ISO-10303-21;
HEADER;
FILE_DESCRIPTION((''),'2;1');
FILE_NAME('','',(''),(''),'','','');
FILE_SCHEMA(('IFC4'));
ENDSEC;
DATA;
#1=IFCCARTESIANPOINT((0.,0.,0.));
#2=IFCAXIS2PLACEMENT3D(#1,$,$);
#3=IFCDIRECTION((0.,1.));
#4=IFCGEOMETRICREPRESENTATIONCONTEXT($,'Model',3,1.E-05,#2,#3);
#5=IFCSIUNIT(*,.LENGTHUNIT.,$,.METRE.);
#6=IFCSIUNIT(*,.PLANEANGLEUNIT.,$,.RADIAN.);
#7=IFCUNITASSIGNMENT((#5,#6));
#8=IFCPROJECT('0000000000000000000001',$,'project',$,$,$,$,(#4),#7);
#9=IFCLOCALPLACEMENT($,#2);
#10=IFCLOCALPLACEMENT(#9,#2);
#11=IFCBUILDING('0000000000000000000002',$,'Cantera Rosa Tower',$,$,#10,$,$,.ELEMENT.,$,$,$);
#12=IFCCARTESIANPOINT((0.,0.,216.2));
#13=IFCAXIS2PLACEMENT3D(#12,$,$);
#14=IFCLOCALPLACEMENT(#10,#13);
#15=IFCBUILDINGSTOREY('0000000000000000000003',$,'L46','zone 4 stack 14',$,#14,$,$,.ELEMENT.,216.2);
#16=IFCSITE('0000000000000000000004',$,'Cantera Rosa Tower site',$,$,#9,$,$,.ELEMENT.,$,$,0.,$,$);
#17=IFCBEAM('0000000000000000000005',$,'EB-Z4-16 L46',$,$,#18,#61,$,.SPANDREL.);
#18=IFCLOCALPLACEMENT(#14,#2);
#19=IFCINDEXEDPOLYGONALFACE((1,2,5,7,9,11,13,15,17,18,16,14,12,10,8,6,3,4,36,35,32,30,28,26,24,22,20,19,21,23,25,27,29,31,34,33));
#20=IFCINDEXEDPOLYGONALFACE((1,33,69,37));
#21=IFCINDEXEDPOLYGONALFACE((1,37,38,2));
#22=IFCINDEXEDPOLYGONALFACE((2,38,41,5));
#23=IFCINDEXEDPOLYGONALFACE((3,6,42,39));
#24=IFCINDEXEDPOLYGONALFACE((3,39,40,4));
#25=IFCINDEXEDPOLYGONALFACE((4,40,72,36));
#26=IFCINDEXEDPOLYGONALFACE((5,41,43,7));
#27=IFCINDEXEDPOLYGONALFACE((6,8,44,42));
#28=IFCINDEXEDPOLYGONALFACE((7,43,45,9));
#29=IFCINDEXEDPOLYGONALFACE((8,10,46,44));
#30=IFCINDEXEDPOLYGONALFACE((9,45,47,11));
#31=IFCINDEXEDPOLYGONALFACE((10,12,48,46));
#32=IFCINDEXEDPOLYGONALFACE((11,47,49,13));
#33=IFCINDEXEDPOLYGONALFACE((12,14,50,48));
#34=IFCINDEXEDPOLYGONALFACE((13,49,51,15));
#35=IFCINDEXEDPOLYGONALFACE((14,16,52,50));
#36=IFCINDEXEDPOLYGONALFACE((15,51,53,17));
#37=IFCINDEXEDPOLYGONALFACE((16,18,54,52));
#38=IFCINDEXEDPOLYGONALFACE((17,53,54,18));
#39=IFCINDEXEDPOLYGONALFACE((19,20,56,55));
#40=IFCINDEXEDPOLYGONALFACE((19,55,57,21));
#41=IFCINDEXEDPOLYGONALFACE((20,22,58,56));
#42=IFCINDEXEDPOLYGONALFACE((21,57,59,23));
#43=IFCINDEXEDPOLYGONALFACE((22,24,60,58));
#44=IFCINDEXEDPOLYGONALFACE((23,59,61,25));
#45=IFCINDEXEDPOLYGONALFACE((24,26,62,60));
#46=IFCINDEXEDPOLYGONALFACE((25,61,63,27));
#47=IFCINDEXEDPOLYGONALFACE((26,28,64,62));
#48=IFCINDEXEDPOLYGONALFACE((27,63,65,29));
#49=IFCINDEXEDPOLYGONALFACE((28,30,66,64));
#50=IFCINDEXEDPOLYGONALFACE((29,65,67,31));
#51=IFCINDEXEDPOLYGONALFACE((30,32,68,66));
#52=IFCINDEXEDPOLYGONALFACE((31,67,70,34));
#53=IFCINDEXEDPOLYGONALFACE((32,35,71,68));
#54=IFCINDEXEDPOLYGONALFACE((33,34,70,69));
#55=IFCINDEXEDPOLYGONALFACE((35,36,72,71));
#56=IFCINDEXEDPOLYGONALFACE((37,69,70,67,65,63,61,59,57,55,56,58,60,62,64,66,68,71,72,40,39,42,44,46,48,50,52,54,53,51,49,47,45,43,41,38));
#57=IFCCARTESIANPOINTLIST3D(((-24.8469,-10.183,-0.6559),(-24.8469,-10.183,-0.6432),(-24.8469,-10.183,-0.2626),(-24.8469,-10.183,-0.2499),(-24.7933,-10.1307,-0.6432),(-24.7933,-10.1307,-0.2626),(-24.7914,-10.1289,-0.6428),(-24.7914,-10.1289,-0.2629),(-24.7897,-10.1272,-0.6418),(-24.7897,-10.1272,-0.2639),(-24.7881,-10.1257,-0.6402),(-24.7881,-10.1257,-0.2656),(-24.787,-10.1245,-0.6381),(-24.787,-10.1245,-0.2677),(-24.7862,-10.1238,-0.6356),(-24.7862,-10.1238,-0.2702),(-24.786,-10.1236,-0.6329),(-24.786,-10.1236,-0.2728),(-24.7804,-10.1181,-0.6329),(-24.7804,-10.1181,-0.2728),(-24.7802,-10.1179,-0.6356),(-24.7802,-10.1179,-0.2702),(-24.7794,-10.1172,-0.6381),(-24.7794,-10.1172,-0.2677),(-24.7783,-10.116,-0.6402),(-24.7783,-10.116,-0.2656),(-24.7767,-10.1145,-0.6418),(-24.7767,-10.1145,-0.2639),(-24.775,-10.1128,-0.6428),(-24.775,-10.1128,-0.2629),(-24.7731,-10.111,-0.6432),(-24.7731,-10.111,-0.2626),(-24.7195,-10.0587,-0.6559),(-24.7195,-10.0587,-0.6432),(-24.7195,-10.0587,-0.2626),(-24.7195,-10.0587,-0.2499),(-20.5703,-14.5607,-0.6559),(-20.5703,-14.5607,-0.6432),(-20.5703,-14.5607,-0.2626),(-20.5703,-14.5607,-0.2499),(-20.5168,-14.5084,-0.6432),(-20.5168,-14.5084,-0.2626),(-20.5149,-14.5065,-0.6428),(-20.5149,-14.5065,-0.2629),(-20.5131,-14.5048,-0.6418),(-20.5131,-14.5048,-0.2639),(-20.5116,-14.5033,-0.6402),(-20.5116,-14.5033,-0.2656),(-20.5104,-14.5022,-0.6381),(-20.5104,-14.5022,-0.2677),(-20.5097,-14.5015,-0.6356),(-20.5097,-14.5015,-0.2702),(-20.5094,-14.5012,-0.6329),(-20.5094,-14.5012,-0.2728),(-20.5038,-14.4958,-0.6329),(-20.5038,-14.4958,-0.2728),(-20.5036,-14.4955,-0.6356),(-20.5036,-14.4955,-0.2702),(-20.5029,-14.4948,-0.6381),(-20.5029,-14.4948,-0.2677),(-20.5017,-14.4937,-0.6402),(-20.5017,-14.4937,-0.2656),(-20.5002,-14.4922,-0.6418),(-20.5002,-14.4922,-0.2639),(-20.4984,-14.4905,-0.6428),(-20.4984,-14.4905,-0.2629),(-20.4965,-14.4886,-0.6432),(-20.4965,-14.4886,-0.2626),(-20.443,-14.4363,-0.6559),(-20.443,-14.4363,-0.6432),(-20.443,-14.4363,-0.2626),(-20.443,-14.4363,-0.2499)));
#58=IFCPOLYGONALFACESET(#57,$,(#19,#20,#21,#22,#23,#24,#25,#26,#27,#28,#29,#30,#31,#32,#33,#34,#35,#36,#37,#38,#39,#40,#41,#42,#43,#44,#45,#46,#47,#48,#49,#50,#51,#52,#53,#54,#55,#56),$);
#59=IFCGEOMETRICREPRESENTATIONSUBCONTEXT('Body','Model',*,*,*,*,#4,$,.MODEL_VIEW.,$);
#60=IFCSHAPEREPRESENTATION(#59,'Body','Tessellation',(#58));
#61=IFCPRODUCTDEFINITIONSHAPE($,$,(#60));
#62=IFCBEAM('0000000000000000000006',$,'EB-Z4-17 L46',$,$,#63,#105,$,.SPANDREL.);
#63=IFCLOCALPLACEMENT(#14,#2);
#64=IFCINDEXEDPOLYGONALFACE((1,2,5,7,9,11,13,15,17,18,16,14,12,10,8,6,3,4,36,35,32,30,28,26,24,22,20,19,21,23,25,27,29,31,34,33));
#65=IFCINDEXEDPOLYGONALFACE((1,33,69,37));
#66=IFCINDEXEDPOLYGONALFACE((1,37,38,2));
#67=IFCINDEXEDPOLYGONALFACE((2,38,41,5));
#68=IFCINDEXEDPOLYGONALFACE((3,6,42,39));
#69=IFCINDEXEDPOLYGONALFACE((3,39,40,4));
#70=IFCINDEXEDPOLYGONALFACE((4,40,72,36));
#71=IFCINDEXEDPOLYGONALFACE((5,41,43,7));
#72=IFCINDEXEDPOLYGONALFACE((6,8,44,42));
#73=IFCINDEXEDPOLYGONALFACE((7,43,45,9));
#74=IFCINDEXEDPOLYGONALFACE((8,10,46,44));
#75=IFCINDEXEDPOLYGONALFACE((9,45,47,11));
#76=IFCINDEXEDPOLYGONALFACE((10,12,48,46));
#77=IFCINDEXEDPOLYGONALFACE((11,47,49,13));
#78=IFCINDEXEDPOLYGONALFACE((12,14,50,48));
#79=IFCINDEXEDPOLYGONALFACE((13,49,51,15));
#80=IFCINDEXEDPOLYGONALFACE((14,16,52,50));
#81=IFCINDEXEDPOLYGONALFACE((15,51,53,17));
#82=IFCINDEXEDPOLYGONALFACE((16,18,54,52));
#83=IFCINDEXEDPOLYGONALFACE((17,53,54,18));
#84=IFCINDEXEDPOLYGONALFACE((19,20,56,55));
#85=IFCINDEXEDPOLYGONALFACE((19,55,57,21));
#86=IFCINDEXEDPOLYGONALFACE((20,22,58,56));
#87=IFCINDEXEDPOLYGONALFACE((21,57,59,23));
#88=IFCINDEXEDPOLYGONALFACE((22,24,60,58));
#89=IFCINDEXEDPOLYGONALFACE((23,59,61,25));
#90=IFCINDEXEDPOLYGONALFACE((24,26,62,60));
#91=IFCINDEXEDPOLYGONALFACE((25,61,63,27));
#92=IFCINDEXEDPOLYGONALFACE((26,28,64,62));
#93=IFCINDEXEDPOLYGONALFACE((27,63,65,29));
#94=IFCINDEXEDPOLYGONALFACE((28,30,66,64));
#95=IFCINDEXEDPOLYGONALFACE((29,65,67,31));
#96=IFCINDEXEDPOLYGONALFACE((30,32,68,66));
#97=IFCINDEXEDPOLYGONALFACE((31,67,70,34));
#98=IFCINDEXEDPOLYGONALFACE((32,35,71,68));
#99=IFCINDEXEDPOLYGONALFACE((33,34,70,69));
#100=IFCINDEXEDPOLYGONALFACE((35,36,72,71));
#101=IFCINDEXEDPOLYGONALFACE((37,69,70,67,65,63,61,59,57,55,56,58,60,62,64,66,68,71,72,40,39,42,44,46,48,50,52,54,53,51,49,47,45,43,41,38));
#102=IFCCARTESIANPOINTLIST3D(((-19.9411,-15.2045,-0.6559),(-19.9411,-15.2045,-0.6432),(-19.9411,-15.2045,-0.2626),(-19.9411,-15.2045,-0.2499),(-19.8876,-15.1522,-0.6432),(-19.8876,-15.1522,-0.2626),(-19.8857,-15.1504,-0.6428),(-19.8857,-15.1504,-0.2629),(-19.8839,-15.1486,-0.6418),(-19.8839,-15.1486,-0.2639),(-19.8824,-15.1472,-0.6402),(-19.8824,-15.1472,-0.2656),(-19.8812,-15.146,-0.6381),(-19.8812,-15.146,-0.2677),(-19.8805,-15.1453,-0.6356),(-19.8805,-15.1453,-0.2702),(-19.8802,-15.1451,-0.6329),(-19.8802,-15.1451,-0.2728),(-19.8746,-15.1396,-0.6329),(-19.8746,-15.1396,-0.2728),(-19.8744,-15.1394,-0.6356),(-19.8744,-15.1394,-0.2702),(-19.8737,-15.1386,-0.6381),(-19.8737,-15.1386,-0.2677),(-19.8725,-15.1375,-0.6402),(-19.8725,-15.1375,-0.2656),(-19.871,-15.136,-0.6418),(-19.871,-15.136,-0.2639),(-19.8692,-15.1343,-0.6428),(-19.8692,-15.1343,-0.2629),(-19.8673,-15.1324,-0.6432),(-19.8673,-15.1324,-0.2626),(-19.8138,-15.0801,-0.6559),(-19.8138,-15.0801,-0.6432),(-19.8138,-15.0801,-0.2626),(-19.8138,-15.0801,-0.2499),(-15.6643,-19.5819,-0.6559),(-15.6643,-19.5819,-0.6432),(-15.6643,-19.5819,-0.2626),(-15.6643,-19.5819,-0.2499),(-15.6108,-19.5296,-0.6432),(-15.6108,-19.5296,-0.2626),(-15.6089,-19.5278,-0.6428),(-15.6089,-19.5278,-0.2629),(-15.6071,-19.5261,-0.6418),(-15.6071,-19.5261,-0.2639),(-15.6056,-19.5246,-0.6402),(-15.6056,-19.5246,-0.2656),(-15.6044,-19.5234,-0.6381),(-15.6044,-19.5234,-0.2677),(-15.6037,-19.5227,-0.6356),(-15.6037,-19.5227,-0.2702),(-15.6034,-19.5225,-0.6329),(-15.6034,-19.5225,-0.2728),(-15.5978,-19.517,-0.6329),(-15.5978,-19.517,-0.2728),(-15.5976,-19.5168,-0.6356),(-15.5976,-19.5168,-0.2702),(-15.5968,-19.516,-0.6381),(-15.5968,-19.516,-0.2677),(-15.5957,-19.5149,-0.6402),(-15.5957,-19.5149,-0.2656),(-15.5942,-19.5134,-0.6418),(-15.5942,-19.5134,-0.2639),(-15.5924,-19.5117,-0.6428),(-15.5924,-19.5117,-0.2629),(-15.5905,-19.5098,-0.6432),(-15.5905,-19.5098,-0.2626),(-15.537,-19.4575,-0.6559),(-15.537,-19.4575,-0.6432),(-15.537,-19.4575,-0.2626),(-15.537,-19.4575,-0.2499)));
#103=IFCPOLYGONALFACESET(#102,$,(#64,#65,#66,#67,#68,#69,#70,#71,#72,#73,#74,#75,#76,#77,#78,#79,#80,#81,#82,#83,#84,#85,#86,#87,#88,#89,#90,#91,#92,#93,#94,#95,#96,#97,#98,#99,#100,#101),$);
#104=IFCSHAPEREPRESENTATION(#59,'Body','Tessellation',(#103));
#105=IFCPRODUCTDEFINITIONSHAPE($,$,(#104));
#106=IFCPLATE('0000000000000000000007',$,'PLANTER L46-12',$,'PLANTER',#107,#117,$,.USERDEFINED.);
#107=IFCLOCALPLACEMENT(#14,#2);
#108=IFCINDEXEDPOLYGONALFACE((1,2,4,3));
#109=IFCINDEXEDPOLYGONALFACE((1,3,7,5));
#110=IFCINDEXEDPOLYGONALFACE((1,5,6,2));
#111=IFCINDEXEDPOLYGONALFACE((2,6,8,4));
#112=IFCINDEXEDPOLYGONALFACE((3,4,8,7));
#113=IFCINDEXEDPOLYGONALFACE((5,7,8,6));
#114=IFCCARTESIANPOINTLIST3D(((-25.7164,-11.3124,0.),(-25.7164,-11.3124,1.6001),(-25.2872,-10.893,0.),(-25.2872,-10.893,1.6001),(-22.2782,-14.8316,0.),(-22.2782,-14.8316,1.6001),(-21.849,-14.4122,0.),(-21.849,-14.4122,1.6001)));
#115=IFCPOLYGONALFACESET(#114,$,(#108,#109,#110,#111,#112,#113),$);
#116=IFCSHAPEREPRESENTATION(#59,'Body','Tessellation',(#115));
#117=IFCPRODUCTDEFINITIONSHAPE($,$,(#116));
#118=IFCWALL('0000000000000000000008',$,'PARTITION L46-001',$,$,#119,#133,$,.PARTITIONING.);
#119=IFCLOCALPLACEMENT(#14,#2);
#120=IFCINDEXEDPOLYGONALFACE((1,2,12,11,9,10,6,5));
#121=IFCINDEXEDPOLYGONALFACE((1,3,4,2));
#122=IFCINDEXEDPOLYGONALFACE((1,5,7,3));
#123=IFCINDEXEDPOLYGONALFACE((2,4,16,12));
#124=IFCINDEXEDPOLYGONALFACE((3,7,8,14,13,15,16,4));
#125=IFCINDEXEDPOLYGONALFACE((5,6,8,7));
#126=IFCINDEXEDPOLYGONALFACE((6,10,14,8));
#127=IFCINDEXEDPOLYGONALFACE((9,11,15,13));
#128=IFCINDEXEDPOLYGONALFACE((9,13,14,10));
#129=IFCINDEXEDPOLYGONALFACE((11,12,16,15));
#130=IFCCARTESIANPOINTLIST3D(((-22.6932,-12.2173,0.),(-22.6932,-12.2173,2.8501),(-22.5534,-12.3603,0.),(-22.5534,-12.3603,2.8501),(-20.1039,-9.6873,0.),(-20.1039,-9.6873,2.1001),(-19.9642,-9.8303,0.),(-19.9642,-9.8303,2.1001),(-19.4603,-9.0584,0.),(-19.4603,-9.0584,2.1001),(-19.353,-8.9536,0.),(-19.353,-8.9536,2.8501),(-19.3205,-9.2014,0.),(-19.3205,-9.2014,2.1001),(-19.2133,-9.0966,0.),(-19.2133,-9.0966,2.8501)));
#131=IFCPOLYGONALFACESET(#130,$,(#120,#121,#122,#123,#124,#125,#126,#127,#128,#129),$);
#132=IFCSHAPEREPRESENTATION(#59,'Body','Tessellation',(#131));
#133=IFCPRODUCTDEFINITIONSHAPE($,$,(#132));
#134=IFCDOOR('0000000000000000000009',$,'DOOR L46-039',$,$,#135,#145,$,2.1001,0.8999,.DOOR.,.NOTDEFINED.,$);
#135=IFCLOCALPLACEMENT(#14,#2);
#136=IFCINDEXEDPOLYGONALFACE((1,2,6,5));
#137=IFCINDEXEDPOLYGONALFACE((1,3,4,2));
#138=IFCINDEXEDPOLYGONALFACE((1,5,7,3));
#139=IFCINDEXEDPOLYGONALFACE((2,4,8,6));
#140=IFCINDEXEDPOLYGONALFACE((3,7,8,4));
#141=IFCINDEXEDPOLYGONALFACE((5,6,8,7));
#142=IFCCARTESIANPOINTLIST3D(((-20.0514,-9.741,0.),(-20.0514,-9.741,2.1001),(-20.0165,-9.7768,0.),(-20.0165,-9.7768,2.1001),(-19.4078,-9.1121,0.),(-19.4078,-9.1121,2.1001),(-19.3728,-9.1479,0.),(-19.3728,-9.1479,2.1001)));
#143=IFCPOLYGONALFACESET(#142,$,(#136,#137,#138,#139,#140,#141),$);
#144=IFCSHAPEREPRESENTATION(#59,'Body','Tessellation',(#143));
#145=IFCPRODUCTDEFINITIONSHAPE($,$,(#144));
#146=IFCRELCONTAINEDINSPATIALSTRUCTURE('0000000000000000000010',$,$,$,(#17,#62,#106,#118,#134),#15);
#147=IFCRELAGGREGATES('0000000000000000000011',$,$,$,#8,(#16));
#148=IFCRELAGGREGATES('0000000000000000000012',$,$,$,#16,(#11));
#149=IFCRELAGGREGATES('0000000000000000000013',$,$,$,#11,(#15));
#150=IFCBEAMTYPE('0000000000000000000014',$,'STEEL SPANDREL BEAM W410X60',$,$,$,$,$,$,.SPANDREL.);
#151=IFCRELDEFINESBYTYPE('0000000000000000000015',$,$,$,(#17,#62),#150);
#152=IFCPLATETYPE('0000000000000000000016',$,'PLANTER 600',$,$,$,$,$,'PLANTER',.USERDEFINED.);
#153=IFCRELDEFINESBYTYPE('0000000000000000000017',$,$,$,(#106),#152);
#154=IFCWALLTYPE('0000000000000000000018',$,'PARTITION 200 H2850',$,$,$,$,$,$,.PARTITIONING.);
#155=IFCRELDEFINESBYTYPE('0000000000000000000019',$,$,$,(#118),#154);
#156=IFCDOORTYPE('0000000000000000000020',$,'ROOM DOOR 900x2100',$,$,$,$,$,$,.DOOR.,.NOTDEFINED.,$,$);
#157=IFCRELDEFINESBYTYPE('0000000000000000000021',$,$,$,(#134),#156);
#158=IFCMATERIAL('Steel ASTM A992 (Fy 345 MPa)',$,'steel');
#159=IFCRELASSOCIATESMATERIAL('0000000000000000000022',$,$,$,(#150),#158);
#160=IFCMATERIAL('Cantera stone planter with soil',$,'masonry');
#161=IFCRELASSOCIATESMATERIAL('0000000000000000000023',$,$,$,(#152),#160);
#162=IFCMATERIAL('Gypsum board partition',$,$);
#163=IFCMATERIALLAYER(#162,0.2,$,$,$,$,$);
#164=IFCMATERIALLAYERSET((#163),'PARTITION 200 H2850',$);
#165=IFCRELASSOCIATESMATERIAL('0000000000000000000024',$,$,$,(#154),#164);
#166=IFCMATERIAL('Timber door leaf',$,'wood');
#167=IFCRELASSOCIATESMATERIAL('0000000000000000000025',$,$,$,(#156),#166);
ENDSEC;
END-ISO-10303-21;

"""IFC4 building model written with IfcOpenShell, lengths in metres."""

from ifc_helpers import new_model, si_unit, direction, frame, frame_2d, origin, origin_2d, place, context, subcontext, project, spatial, rectangle, i_section, extrude, material, layer, layer_set, material_profile, profile_set, type_object, element, fill, save


model = new_model("IFC4")

# Units and contexts
model_context = context("Model", 3, precision=1e-05, world=origin(), true_north=direction((0.0, 1.0)))
body_context = subcontext(model_context, "Body", "Model", "MODEL_VIEW")
ifc_project = project(units=[si_unit("LENGTHUNIT", "METRE"), si_unit("PLANEANGLEUNIT", "RADIAN")], contexts=[model_context])

# Site, building, storey
site_placement = place(None, origin())
site = spatial("IfcSite", under=ifc_project, at=site_placement, Name="Cantera Rosa Tower site", CompositionType="ELEMENT", RefElevation=0.0)
building_placement = place(site_placement, origin())
building = spatial("IfcBuilding", under=site, at=building_placement, Name="Cantera Rosa Tower", CompositionType="ELEMENT")
storey_placement = place(building_placement, frame((0.0, 0.0, 216.2)))
storey = spatial("IfcBuildingStorey", under=building, at=storey_placement, Name="L46", Description="zone 4 stack 14", CompositionType="ELEMENT", Elevation=216.2)

# Beams
ifc_material_1 = material(Name="Steel ASTM A992 (Fy 345 MPa)", Category="steel")
ifc_material_profile_1 = material_profile(ifc_material_1, i_section(OverallWidth=0.178, OverallDepth=0.406, WebThickness=0.0078, FlangeThickness=0.0127, FilletRadius=0.0103, at=origin_2d()), Name="W410X60")
ifc_profile_set_1 = profile_set([ifc_material_profile_1], Name="Steel ASTM A992 (Fy 345 MPa)")
beam_type_1 = type_object("IfcBeamType", Name="STEEL SPANDREL BEAM W410X60", PredefinedType="SPANDREL", material=ifc_profile_set_1)
for number, where, z_axis, x_axis, name in (
    (1, (-24.7832, -10.1208, -0.4529), (0.698801, -0.715316, 0.0), (0.715316, 0.698801, 0.0), "EB-Z4-16 L46"),
    (2, (-19.8774, -15.1423, -0.4529), (0.698841, -0.715277, 0.0), (0.715277, 0.698841, 0.0), "EB-Z4-17 L46"),
):
    element("IfcBeam", number, at=place(storey_placement, frame(where, z_axis=z_axis, x_axis=x_axis)), inside=storey, type_object=beam_type_1, Name=name, PredefinedType="SPANDREL", context=body_context, shape_type="SweptSolid", body=[
        extrude(i_section(OverallWidth=0.178, OverallDepth=0.406, WebThickness=0.0078, FlangeThickness=0.0127, FilletRadius=0.0103, at=origin_2d()), origin(), (0.0, 0.0, 1.0), 6.1199),
    ])

# Plate
ifc_material_2 = material(Name="Cantera stone planter with soil", Category="masonry")
plate_type = type_object("IfcPlateType", Name="PLANTER 600", ElementType="PLANTER", PredefinedType="USERDEFINED", material=ifc_material_2)
plate_placement = place(storey_placement, frame((-23.7827, -12.8623, 0.0), z_axis=(0.0, 0.0, 1.0), x_axis=(0.698832, -0.715286, 0.0)))
element("IfcPlate", 3, at=plate_placement, inside=storey, type_object=plate_type, Name="PLANTER L46-12", ObjectType="PLANTER", PredefinedType="USERDEFINED", context=body_context, shape_type="SweptSolid", body=[
    extrude(rectangle(XDim=4.9199, YDim=0.6001, at=origin_2d()), origin(), (0.0, 0.0, 1.0), 1.6001),
])

# Wall, opening, door
ifc_material_3 = material(Name="Gypsum board partition")
ifc_layer_1 = layer(ifc_material_3, 0.2)
ifc_layer_set_1 = layer_set([ifc_layer_1], Name="PARTITION 200 H2850")
wall_type_1 = type_object("IfcWallType", Name="PARTITION 200 H2850", PredefinedType="PARTITIONING", material=ifc_layer_set_1)
wall_1_placement = place(storey_placement, frame((-22.6233, -12.2888, 0.0), z_axis=(0.0, 0.0, 1.0), x_axis=(0.715241, 0.698878, 0.0)))
wall_1 = element("IfcWall", 4, at=wall_1_placement, inside=storey, type_object=wall_type_1, Name="PARTITION L46-001", PredefinedType="PARTITIONING", context=body_context, shape_type="SweptSolid", body=[
    extrude(rectangle(XDim=4.6699, YDim=0.2, at=frame_2d((2.335, 0.0))), origin(), (0.0, 0.0, 1.0), 2.8501),
])
opening_1_placement = place(wall_1_placement, frame((3.6201, 0.0, 0.0)))
opening_1 = element("IfcOpeningElement", 5, at=opening_1_placement, cuts=wall_1, PredefinedType="OPENING", context=body_context, shape_type="SweptSolid", body=[
    extrude(rectangle(XDim=0.8999, YDim=2.1001, at=frame_2d((0.45, 1.05))), frame((0.0, 0.1099, 0.0), z_axis=(0.0, -1.0, 0.0), x_axis=(1.0, 0.0, 0.0)), (0.0, 0.0, 1.0), 0.22),
])
ifc_material_4 = material(Name="Timber door leaf", Category="wood")
door_type_1 = type_object("IfcDoorType", Name="ROOM DOOR 900x2100", OperationType="NOTDEFINED", PredefinedType="DOOR", material=ifc_material_4)
door_1_placement = place(opening_1_placement, origin())
door_1 = element("IfcDoor", 6, at=door_1_placement, inside=storey, type_object=door_type_1, Name="DOOR L46-039", OperationType="NOTDEFINED", OverallHeight=2.1001, OverallWidth=0.8999, PredefinedType="DOOR", context=body_context, shape_type="SweptSolid", body=[
    extrude(rectangle(XDim=0.8999, YDim=2.1001, at=frame_2d((0.45, 1.05))), frame((0.0, 0.0249, 0.0), z_axis=(0.0, -1.0, 0.0), x_axis=(1.0, 0.0, 0.0)), (0.0, 0.0, 1.0), 0.05),
])
fill(opening_1, door_1)

save(model, "model.ifc")
